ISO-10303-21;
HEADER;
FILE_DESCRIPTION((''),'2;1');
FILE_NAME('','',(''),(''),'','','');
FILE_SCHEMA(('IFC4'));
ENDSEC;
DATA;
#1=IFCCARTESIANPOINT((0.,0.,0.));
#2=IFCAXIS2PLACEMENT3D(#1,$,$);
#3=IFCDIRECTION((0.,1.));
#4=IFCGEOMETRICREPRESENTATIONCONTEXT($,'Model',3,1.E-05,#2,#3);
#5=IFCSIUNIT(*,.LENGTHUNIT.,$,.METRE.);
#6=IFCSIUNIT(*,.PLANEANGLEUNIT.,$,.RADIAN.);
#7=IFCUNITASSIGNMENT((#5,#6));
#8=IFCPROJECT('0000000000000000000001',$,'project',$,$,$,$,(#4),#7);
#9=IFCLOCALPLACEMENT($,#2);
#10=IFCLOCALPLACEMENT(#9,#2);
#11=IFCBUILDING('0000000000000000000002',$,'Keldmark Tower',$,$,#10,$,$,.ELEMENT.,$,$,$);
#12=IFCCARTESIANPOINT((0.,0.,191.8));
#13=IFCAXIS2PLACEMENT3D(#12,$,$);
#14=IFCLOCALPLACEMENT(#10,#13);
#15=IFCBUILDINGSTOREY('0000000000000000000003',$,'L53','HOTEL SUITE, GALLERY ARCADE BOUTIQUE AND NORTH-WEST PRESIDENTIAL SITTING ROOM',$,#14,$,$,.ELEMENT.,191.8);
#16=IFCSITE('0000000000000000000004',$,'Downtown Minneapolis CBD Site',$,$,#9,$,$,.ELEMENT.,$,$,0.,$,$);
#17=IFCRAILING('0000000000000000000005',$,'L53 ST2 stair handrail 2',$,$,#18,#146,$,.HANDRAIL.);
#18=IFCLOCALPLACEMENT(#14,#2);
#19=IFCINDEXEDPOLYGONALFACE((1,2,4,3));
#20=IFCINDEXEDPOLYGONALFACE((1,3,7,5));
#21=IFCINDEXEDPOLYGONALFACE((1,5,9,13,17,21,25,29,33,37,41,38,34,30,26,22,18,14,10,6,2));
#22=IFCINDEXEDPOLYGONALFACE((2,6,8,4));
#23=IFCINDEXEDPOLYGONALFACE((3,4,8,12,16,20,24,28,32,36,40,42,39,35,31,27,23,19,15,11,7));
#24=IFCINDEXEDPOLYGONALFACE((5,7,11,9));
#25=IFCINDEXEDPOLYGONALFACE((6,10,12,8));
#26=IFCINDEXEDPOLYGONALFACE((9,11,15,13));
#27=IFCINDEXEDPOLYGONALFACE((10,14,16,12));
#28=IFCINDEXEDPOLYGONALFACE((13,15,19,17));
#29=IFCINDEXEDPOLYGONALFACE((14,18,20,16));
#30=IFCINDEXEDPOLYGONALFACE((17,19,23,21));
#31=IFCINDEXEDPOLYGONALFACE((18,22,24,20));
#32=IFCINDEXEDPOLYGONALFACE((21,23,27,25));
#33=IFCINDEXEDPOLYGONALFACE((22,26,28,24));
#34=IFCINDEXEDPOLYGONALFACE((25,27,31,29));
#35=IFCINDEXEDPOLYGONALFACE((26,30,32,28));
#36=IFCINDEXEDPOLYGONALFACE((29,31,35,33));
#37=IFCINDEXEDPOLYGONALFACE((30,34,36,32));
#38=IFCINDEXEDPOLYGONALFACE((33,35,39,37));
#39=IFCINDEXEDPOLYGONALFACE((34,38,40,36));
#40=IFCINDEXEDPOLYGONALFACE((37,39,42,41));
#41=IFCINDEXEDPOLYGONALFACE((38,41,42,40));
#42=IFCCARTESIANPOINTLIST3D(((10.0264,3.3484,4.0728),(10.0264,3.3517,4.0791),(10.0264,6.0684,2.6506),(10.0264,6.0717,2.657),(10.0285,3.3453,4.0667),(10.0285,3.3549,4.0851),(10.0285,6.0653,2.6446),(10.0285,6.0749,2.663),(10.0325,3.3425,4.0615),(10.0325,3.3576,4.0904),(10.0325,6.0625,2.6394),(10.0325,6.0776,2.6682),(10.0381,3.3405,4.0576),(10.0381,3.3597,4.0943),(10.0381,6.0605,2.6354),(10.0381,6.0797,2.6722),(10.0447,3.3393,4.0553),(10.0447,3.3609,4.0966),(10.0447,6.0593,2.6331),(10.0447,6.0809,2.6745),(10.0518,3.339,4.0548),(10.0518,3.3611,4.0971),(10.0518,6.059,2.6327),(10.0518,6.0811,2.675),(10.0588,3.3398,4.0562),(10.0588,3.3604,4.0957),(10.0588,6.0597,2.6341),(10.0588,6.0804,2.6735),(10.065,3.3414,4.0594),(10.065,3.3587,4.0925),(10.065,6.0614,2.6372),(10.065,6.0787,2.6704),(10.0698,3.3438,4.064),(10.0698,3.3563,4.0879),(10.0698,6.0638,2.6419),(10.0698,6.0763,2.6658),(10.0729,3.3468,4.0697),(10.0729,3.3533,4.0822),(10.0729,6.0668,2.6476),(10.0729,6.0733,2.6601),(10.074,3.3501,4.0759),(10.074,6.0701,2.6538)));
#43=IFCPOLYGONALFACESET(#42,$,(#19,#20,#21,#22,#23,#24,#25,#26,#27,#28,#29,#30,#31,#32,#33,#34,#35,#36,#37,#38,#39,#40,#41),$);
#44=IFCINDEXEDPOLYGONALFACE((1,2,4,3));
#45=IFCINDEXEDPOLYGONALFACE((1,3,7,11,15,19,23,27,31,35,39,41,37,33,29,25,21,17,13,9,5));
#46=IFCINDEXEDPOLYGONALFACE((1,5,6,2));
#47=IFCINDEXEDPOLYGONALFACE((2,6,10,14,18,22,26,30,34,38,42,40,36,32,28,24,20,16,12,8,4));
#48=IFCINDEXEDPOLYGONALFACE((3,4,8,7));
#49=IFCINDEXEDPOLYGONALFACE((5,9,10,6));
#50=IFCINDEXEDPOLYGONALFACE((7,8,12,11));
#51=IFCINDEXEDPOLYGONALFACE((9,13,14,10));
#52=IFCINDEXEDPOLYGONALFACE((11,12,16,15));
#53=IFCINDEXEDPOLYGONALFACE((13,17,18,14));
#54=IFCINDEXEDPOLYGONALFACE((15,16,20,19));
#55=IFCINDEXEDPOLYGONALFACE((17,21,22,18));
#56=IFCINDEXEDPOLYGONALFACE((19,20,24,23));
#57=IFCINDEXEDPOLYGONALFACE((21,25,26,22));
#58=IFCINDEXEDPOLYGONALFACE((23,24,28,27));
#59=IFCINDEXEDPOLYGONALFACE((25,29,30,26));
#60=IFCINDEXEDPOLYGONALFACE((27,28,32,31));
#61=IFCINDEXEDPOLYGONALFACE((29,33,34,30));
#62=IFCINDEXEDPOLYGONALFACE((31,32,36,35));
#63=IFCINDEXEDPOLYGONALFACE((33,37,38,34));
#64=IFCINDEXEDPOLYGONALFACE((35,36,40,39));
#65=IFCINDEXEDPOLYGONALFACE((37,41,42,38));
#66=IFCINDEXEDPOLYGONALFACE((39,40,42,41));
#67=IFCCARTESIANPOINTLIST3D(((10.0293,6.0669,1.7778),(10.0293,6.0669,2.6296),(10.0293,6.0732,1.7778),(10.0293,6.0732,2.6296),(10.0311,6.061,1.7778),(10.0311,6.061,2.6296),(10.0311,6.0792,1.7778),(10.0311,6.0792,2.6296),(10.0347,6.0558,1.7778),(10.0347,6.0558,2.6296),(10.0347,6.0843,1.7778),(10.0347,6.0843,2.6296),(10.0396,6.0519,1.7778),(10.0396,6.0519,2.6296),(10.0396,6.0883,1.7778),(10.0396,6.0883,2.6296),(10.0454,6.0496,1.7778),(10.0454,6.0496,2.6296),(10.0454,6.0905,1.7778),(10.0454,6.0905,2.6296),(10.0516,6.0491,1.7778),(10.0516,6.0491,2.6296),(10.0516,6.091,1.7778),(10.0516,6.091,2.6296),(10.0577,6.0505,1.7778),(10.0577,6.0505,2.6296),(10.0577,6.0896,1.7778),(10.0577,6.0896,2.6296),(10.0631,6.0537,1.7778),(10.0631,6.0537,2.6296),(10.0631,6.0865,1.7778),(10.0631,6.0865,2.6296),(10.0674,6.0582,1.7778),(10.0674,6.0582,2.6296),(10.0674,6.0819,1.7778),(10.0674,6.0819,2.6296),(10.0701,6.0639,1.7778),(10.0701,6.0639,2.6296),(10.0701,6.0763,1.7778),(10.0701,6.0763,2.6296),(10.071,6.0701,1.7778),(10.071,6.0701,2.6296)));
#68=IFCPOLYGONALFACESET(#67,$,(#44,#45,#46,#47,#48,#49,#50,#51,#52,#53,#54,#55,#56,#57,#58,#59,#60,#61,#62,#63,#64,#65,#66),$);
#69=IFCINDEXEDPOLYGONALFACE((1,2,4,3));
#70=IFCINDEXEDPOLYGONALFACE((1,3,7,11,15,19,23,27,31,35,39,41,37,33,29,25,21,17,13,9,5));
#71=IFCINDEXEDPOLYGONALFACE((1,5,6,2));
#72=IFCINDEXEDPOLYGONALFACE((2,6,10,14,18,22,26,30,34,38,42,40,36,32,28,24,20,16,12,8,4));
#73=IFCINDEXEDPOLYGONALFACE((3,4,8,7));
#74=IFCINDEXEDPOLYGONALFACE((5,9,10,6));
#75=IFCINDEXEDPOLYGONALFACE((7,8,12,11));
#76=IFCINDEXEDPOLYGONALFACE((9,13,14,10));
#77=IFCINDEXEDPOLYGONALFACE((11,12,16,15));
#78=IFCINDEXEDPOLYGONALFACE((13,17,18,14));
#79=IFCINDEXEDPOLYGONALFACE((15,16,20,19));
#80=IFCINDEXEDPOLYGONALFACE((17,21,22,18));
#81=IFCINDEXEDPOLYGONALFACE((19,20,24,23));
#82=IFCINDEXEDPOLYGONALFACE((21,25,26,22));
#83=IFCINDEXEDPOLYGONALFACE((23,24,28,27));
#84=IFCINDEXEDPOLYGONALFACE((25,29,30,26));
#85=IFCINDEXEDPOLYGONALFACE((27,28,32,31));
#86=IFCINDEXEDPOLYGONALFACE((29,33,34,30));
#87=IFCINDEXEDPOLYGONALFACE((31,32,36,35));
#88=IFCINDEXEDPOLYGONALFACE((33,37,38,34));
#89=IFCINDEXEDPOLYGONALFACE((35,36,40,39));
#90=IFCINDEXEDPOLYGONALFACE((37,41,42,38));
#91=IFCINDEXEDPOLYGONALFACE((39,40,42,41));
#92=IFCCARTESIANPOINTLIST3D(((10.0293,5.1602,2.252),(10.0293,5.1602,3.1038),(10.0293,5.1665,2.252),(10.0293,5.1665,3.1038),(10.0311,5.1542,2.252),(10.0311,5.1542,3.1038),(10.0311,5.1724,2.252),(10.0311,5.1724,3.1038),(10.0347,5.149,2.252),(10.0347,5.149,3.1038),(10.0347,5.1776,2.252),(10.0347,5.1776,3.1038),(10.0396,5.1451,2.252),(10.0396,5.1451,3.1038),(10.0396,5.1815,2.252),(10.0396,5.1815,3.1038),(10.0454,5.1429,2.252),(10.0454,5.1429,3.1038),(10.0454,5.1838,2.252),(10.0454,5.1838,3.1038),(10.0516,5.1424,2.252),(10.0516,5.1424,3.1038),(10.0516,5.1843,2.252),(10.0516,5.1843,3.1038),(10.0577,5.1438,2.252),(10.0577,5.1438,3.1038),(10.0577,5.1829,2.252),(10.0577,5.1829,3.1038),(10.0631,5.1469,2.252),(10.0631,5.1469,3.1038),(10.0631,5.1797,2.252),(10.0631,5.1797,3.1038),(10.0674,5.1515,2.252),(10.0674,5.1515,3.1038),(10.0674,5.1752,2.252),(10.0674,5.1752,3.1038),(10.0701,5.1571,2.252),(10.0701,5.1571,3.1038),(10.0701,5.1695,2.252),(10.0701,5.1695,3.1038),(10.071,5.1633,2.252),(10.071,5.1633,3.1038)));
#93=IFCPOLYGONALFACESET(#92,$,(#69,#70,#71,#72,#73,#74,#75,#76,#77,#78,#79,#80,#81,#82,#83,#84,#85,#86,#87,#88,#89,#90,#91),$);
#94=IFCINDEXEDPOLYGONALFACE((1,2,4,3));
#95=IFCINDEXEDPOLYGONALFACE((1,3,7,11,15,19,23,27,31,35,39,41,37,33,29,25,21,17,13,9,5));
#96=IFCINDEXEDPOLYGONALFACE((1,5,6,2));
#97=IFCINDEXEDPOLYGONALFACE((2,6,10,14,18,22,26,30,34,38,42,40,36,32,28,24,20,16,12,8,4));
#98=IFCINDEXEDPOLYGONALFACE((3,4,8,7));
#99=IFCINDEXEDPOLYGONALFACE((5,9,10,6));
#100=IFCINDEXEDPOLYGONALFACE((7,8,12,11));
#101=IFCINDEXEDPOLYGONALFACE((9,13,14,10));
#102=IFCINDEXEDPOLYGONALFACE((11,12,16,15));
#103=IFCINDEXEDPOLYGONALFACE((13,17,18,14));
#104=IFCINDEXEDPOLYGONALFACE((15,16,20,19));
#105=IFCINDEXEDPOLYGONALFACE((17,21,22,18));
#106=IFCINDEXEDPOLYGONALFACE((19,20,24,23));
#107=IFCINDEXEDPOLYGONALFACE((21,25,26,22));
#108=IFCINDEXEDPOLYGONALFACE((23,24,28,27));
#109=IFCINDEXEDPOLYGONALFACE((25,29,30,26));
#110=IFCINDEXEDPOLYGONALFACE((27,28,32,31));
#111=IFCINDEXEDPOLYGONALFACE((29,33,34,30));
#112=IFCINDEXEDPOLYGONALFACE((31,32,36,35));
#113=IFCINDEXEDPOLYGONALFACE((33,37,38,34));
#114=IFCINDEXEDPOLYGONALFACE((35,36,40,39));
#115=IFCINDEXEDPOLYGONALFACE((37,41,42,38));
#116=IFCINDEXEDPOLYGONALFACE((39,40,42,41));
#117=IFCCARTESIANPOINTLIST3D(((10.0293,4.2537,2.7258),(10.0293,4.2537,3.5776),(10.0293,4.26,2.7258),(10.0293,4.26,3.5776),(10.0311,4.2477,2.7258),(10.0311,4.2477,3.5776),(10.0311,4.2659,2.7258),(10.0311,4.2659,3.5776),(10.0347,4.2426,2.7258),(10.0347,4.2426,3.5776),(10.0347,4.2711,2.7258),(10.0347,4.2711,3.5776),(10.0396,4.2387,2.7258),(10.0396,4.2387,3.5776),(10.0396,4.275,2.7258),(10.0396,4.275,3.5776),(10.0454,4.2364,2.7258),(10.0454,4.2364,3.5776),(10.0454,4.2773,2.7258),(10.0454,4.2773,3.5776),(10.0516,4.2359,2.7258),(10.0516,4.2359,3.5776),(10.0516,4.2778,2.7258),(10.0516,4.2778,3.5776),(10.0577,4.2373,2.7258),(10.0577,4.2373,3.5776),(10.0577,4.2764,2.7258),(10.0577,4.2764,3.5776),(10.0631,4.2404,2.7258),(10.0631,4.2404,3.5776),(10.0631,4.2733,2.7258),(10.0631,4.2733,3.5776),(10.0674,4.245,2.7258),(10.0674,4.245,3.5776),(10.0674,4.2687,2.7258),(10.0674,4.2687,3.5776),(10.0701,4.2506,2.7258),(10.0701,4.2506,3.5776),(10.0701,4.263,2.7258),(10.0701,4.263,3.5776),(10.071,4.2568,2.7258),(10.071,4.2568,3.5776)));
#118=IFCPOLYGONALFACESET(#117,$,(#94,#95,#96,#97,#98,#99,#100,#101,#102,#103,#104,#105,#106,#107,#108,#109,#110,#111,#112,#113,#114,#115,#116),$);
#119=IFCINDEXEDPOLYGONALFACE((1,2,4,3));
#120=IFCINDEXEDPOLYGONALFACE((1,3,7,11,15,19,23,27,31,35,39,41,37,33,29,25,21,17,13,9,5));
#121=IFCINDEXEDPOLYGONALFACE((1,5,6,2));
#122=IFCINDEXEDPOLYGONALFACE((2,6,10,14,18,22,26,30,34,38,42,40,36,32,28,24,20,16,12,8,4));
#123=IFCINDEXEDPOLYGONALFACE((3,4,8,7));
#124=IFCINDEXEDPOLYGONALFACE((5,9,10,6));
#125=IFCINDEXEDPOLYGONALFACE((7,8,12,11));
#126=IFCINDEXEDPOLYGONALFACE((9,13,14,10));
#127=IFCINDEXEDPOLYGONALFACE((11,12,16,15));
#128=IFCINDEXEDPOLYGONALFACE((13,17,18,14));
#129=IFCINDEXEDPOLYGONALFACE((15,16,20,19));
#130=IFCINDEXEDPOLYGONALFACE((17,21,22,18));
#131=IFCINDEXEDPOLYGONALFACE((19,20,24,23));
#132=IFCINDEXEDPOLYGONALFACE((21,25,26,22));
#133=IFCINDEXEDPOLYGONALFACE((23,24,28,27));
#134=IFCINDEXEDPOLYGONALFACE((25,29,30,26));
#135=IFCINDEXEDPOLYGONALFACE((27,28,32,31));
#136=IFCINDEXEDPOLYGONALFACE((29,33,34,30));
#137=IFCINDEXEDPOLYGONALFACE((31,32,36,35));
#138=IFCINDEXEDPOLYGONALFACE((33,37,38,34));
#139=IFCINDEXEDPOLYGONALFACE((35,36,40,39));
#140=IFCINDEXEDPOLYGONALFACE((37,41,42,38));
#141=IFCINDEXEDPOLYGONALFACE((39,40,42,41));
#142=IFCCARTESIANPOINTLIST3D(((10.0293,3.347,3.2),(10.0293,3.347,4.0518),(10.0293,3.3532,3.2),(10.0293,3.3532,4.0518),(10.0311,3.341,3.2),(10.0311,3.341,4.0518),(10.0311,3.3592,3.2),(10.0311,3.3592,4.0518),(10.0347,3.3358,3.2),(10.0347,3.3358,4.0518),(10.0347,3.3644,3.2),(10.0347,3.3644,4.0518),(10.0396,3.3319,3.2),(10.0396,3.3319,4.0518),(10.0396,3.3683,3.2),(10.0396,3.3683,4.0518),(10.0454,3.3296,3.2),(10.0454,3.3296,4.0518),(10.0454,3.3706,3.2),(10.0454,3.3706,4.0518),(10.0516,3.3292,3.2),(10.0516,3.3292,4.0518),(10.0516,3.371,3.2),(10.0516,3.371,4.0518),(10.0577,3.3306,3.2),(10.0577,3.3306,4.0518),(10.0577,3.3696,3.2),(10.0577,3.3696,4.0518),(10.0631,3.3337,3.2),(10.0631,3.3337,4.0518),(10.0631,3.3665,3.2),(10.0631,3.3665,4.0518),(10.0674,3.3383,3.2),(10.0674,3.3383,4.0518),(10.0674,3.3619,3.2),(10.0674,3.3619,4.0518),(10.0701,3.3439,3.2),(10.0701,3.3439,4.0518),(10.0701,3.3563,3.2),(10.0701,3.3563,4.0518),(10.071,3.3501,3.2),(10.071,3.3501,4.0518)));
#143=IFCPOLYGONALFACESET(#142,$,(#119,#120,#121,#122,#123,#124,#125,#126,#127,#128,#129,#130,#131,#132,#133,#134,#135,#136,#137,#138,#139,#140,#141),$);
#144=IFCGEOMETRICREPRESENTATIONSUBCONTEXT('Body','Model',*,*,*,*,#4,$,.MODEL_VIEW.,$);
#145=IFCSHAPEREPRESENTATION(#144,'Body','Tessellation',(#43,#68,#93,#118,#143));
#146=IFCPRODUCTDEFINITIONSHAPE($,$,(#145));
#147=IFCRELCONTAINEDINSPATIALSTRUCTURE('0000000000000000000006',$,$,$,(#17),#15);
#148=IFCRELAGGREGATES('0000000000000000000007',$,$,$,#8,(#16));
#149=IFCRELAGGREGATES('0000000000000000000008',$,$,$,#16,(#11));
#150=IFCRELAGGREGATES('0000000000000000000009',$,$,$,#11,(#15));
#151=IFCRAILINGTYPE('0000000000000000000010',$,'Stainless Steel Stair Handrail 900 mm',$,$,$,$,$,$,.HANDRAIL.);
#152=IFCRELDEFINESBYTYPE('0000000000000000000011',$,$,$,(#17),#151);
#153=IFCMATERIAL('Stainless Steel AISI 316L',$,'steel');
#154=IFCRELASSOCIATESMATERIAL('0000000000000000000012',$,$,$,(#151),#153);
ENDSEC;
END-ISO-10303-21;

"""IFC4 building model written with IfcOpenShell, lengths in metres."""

from ifc_helpers import new_model, si_unit, direction, frame, origin, origin_2d, place, context, subcontext, project, spatial, circle, extrude, material, type_object, element, save


model = new_model("IFC4")

# Units and contexts
model_context = context("Model", 3, precision=1e-05, world=origin(), true_north=direction((0.0, 1.0)))
body_context = subcontext(model_context, "Body", "Model", "MODEL_VIEW")
ifc_project = project(units=[si_unit("LENGTHUNIT", "METRE"), si_unit("PLANEANGLEUNIT", "RADIAN")], contexts=[model_context])

# Site, building, storey
site_placement = place(None, origin())
site = spatial("IfcSite", under=ifc_project, at=site_placement, Name="Downtown Minneapolis CBD Site", CompositionType="ELEMENT", RefElevation=0.0)
building_placement = place(site_placement, origin())
building = spatial("IfcBuilding", under=site, at=building_placement, Name="Keldmark Tower", CompositionType="ELEMENT")
storey_placement = place(building_placement, frame((0.0, 0.0, 191.8)))
storey = spatial("IfcBuildingStorey", under=building, at=storey_placement, Name="L53", Description="HOTEL SUITE, GALLERY ARCADE BOUTIQUE AND NORTH-WEST PRESIDENTIAL SITTING ROOM", CompositionType="ELEMENT", Elevation=191.8)

# Railing
ifc_material_1 = material(Name="Stainless Steel AISI 316L", Category="steel")
railing_type_1 = type_object("IfcRailingType", Name="Stainless Steel Stair Handrail 900 mm", PredefinedType="HANDRAIL", material=ifc_material_1)
railing_1_placement = place(storey_placement, frame((10.05, 6.0701, 1.7778)))
element("IfcRailing", 1, at=railing_1_placement, inside=storey, type_object=railing_type_1, Name="L53 ST2 stair handrail 2", PredefinedType="HANDRAIL", context=body_context, shape_type="SweptSolid", body=[
    extrude(circle(Radius=0.0239, at=origin_2d()), frame((0.0, 0.0, 0.876), z_axis=(0.0, -0.886183, 0.463335), x_axis=(1.0, 0.0, 0.0)), (0.0, 0.0, 1.0), 3.0693),
    extrude(circle(Radius=0.021, at=origin_2d()), origin(), (0.0, 0.0, 1.0), 0.8518),
    extrude(circle(Radius=0.021, at=origin_2d()), frame((0.0, -0.9067, 0.4741)), (0.0, 0.0, 1.0), 0.8518),
    extrude(circle(Radius=0.021, at=origin_2d()), frame((0.0, -1.8132, 0.948)), (0.0, 0.0, 1.0), 0.8518),
    extrude(circle(Radius=0.021, at=origin_2d()), frame((0.0, -2.72, 1.4221)), (0.0, 0.0, 1.0), 0.8518),
])

save(model, "model.ifc")
